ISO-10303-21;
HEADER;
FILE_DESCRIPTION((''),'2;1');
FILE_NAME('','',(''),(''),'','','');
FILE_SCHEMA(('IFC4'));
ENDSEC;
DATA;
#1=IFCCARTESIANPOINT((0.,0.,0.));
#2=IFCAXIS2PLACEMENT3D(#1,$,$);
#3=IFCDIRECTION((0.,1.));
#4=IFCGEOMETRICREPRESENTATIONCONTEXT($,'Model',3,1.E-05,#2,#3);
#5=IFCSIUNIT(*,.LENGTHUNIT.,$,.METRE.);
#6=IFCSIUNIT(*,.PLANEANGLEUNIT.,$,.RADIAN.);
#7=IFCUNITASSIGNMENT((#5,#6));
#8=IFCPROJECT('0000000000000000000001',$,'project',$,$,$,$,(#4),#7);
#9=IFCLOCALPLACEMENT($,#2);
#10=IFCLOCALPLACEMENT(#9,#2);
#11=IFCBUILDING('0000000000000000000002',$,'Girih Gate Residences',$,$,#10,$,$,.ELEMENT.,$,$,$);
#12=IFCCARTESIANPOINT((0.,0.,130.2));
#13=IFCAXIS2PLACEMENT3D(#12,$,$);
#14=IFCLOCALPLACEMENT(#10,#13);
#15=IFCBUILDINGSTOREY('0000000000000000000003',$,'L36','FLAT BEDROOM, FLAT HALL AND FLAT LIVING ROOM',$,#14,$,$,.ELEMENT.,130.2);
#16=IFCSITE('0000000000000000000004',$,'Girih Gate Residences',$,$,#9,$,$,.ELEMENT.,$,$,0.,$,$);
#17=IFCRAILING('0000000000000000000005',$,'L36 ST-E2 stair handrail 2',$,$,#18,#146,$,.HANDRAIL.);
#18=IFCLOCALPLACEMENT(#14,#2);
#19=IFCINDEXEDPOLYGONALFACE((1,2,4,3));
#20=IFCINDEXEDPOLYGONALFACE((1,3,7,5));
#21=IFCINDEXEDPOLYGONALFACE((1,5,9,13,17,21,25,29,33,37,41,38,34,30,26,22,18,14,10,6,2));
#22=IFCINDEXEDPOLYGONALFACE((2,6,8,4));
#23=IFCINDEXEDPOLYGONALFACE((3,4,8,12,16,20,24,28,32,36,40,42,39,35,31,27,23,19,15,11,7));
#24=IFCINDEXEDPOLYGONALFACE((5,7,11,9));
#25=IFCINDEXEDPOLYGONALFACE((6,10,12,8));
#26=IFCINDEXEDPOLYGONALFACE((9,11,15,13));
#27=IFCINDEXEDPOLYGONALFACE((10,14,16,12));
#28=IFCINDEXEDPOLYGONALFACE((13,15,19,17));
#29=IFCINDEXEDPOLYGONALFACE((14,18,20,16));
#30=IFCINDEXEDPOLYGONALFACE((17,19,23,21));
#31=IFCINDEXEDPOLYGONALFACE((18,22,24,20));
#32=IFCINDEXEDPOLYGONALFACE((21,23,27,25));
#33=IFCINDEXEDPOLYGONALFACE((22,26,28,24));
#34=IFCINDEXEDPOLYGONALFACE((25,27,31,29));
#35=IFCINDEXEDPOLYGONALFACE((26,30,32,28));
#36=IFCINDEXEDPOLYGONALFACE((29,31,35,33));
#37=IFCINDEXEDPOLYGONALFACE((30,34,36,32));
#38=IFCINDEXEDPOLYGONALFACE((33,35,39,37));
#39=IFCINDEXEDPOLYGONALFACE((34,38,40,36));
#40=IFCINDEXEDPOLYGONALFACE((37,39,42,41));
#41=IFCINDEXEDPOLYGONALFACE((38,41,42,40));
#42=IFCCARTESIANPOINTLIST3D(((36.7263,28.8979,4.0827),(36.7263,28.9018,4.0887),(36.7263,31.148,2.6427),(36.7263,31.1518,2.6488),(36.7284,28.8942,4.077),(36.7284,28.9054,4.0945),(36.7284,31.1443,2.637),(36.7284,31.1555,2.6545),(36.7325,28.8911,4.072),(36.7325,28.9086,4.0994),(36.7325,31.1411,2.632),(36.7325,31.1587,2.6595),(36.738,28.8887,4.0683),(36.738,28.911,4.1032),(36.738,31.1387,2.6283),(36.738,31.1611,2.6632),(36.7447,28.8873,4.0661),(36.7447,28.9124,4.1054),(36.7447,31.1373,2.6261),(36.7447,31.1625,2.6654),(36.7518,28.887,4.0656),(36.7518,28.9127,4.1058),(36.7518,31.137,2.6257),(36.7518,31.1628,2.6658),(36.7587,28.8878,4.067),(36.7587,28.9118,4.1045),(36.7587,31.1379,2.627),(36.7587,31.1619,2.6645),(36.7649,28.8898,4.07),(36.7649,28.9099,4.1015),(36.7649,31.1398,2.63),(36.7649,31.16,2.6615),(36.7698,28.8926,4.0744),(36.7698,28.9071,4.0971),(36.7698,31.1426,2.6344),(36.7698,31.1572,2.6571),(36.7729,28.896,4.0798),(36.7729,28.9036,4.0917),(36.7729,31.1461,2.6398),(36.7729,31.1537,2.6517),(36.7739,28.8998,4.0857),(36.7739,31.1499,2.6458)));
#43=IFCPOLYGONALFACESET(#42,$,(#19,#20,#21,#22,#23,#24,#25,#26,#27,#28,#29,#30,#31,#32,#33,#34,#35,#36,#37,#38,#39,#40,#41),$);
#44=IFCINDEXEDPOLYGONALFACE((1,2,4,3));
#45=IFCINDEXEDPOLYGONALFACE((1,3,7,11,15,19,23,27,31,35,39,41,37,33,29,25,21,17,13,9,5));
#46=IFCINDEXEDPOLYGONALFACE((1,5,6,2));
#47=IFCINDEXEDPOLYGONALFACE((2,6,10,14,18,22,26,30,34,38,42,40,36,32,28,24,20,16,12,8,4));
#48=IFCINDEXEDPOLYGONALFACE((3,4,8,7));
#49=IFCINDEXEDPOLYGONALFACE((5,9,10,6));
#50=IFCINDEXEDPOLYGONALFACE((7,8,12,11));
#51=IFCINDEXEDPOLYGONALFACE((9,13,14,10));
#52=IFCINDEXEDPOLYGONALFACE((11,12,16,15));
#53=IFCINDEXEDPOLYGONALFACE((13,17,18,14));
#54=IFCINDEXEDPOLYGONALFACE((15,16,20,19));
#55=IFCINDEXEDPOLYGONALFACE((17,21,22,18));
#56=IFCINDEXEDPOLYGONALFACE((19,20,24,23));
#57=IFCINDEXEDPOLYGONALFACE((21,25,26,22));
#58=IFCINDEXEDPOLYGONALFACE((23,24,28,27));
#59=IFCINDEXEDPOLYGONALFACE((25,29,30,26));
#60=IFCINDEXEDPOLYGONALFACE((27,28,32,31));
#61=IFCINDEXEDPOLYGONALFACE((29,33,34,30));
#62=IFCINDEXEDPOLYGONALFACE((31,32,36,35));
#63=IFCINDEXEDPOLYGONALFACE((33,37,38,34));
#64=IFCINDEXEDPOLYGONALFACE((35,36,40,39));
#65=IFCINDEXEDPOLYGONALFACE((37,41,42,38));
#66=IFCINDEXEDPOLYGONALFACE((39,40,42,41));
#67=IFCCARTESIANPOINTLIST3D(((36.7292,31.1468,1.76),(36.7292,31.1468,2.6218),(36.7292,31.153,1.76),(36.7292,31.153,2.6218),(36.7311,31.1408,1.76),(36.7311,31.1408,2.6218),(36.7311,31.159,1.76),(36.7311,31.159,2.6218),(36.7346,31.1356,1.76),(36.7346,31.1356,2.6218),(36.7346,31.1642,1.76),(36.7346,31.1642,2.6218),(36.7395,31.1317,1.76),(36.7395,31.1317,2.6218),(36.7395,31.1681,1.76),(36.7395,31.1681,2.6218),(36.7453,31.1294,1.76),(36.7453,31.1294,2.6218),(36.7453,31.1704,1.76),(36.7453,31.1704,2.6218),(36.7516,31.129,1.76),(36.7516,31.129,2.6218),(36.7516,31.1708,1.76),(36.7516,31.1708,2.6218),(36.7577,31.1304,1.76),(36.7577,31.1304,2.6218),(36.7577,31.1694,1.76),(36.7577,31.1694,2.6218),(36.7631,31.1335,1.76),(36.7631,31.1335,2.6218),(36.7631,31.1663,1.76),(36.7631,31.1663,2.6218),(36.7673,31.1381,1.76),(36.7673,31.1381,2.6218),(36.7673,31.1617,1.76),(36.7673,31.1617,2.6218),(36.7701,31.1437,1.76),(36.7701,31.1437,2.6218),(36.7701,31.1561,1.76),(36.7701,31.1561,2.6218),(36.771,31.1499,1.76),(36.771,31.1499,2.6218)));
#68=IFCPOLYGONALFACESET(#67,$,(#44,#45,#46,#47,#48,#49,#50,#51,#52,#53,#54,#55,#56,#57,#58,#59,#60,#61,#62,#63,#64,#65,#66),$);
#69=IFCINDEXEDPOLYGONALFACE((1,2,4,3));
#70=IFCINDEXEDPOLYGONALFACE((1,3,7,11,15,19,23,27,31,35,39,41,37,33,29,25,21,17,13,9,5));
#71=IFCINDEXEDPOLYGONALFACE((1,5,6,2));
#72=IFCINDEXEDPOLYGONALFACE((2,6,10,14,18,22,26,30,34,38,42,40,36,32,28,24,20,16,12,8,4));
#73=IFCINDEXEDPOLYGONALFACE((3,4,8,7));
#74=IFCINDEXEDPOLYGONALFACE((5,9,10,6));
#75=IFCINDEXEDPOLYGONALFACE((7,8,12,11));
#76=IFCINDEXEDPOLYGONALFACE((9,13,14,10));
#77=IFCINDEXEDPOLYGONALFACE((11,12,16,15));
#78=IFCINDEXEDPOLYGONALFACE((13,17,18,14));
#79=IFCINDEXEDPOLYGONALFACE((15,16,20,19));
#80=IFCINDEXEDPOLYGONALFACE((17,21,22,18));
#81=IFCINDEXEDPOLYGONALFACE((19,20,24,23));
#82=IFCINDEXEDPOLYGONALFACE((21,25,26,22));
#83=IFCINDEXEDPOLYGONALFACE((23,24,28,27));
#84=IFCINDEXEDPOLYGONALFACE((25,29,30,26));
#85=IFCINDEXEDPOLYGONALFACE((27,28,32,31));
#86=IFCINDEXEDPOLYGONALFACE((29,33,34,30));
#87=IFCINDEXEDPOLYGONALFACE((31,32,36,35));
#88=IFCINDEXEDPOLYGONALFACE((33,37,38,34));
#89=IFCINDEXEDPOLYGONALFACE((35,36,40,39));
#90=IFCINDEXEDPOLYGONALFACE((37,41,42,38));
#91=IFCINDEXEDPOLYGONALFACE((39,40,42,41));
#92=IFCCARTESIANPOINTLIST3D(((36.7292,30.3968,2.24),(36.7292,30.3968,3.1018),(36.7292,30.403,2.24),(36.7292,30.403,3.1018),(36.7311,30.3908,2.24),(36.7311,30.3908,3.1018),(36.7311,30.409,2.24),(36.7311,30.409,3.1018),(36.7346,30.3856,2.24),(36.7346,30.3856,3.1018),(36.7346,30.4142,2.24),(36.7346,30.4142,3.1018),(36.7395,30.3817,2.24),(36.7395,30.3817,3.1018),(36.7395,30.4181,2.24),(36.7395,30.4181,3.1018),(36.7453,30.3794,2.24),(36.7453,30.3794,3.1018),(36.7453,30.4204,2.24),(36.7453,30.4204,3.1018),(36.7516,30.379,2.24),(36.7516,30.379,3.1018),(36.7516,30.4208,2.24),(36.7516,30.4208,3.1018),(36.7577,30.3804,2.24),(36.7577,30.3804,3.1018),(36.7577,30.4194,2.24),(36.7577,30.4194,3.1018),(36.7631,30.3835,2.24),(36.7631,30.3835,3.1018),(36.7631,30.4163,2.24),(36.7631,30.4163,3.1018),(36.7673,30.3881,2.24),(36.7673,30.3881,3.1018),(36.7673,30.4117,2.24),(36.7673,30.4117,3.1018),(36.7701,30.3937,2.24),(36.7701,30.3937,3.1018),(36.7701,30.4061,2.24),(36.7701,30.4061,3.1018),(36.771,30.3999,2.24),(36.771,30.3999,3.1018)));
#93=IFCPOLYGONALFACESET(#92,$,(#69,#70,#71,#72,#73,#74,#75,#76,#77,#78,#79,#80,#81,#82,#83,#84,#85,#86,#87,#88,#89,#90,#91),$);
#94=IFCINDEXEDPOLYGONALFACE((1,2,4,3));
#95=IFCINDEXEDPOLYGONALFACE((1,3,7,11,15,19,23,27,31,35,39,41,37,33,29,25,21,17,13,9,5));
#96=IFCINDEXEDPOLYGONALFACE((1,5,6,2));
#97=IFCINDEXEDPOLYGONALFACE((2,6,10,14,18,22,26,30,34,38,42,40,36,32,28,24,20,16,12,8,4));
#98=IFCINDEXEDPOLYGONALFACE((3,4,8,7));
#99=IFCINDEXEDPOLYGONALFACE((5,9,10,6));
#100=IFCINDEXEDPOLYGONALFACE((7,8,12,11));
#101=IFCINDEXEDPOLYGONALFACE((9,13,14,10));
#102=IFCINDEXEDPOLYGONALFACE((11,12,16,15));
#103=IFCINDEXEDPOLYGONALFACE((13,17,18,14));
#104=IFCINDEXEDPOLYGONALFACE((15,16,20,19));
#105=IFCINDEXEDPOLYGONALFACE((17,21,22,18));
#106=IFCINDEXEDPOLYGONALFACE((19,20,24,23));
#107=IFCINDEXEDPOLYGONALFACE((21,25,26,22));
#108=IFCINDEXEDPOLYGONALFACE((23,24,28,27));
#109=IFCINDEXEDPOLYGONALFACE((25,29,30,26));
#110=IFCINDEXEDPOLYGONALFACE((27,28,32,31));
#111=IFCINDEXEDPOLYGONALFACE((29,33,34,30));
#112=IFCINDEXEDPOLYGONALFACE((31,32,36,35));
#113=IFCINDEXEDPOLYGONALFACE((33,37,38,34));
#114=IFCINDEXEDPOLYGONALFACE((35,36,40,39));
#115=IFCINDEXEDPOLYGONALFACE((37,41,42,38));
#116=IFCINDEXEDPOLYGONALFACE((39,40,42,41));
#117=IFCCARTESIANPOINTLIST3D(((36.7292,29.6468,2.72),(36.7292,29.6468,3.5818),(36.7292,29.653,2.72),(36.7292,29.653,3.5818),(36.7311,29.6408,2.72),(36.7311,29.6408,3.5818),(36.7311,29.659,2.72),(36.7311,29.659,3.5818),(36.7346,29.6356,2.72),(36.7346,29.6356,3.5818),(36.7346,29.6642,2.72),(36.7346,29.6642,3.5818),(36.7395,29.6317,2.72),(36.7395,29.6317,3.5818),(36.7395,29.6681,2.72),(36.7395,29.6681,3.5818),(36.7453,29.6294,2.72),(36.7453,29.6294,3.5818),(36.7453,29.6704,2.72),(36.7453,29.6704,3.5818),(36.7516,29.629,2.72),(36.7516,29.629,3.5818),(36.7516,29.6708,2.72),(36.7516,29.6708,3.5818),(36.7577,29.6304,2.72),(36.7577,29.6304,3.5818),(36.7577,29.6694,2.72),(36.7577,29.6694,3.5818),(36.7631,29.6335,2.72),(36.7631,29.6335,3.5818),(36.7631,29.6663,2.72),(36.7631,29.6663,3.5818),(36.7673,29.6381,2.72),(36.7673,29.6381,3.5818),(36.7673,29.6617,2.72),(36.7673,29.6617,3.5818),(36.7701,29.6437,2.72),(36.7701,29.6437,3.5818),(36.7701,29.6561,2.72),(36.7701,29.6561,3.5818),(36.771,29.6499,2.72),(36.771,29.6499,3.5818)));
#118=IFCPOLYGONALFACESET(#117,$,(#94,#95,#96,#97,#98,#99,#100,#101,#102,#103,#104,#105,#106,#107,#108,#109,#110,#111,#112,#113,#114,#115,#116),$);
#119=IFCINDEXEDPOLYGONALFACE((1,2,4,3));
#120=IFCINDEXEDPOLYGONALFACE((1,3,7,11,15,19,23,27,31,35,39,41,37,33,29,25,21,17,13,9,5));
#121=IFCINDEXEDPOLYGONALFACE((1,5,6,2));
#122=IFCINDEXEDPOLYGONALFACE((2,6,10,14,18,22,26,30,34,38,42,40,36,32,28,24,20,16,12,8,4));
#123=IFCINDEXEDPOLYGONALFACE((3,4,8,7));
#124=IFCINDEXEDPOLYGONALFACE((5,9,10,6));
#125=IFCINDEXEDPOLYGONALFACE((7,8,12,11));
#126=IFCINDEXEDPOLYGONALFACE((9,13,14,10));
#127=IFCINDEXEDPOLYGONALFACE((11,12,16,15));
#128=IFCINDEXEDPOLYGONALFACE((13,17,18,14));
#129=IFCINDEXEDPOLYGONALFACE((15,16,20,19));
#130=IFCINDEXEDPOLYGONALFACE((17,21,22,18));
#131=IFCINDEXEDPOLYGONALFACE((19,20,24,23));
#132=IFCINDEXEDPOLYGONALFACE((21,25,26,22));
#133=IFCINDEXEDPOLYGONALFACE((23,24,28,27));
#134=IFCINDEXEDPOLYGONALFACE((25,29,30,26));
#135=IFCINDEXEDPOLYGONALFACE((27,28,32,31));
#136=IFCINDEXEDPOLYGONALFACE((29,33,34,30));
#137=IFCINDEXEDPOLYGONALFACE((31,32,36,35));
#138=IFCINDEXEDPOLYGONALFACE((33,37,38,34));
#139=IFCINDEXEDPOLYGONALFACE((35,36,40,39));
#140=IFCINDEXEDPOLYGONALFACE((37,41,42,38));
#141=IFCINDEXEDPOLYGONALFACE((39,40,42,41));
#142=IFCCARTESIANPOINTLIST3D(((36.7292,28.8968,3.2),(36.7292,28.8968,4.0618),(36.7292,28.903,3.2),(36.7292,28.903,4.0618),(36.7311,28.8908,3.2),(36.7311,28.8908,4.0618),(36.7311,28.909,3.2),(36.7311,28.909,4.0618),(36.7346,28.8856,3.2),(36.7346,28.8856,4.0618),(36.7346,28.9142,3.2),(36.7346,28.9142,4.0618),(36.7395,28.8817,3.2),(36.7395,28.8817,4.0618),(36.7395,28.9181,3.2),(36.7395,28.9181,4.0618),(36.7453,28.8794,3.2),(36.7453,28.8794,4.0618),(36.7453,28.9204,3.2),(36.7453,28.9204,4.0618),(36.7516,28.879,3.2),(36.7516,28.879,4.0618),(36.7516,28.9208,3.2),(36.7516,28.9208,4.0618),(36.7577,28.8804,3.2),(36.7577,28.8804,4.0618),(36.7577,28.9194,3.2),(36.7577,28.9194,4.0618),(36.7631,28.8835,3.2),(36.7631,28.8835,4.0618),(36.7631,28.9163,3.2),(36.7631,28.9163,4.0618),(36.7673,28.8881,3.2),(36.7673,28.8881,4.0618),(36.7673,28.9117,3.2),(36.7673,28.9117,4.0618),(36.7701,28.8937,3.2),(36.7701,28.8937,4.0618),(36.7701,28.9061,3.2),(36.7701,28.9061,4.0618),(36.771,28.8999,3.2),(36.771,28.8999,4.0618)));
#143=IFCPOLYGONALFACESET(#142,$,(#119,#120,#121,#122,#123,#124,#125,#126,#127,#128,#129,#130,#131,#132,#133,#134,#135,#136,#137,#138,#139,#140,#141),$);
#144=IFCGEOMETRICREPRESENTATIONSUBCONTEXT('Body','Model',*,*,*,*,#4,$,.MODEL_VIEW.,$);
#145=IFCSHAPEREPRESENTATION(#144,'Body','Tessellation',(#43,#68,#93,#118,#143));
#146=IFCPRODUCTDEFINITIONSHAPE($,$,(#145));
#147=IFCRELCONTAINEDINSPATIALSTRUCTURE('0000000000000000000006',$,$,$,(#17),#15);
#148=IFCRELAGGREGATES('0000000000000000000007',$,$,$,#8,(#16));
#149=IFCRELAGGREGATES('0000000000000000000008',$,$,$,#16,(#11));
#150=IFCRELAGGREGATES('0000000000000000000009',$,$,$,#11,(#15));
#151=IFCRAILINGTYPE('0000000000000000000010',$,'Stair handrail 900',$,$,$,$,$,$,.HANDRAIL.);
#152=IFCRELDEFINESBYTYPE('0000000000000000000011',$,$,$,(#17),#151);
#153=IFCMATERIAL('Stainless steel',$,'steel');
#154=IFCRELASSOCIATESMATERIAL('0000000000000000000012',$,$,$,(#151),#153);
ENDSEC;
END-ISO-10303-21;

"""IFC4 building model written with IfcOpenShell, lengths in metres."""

from ifc_helpers import new_model, si_unit, direction, frame, origin, origin_2d, place, context, subcontext, project, spatial, circle, extrude, material, type_object, element, save


model = new_model("IFC4")

# Units and contexts
model_context = context("Model", 3, precision=1e-05, world=origin(), true_north=direction((0.0, 1.0)))
body_context = subcontext(model_context, "Body", "Model", "MODEL_VIEW")
ifc_project = project(units=[si_unit("LENGTHUNIT", "METRE"), si_unit("PLANEANGLEUNIT", "RADIAN")], contexts=[model_context])

# Site, building, storey
site_placement = place(None, origin())
site = spatial("IfcSite", under=ifc_project, at=site_placement, Name="Girih Gate Residences", CompositionType="ELEMENT", RefElevation=0.0)
building_placement = place(site_placement, origin())
building = spatial("IfcBuilding", under=site, at=building_placement, Name="Girih Gate Residences", CompositionType="ELEMENT")
storey_placement = place(building_placement, frame((0.0, 0.0, 130.2)))
storey = spatial("IfcBuildingStorey", under=building, at=storey_placement, Name="L36", Description="FLAT BEDROOM, FLAT HALL AND FLAT LIVING ROOM", CompositionType="ELEMENT", Elevation=130.2)

# Shared definitions
ifc_material_1 = material(Name="Stainless steel", Category="steel")

# Railing
railing_type_1 = type_object("IfcRailingType", Name="Stair handrail 900", PredefinedType="HANDRAIL", material=ifc_material_1)
railing_1_placement = place(storey_placement, frame((36.75, 31.1499, 1.76)))
element("IfcRailing", 1, at=railing_1_placement, inside=storey, type_object=railing_type_1, Name="L36 ST-E2 stair handrail 2", PredefinedType="HANDRAIL", context=body_context, shape_type="SweptSolid", body=[
    extrude(circle(Radius=0.0239, at=origin_2d()), frame((0.0, 0.0, 0.8857), z_axis=(0.0, -0.842281, 0.539038), x_axis=(1.0, 0.0, 0.0)), (0.0, 0.0, 1.0), 2.6714),
    extrude(circle(Radius=0.021, at=origin_2d()), origin(), (0.0, 0.0, 1.0), 0.8618),
    extrude(circle(Radius=0.021, at=origin_2d()), frame((0.0, -0.75, 0.48)), (0.0, 0.0, 1.0), 0.8618),
    extrude(circle(Radius=0.021, at=origin_2d()), frame((0.0, -1.5, 0.96)), (0.0, 0.0, 1.0), 0.8618),
    extrude(circle(Radius=0.021, at=origin_2d()), frame((0.0, -2.25, 1.4399)), (0.0, 0.0, 1.0), 0.8618),
])

save(model, "model.ifc")
